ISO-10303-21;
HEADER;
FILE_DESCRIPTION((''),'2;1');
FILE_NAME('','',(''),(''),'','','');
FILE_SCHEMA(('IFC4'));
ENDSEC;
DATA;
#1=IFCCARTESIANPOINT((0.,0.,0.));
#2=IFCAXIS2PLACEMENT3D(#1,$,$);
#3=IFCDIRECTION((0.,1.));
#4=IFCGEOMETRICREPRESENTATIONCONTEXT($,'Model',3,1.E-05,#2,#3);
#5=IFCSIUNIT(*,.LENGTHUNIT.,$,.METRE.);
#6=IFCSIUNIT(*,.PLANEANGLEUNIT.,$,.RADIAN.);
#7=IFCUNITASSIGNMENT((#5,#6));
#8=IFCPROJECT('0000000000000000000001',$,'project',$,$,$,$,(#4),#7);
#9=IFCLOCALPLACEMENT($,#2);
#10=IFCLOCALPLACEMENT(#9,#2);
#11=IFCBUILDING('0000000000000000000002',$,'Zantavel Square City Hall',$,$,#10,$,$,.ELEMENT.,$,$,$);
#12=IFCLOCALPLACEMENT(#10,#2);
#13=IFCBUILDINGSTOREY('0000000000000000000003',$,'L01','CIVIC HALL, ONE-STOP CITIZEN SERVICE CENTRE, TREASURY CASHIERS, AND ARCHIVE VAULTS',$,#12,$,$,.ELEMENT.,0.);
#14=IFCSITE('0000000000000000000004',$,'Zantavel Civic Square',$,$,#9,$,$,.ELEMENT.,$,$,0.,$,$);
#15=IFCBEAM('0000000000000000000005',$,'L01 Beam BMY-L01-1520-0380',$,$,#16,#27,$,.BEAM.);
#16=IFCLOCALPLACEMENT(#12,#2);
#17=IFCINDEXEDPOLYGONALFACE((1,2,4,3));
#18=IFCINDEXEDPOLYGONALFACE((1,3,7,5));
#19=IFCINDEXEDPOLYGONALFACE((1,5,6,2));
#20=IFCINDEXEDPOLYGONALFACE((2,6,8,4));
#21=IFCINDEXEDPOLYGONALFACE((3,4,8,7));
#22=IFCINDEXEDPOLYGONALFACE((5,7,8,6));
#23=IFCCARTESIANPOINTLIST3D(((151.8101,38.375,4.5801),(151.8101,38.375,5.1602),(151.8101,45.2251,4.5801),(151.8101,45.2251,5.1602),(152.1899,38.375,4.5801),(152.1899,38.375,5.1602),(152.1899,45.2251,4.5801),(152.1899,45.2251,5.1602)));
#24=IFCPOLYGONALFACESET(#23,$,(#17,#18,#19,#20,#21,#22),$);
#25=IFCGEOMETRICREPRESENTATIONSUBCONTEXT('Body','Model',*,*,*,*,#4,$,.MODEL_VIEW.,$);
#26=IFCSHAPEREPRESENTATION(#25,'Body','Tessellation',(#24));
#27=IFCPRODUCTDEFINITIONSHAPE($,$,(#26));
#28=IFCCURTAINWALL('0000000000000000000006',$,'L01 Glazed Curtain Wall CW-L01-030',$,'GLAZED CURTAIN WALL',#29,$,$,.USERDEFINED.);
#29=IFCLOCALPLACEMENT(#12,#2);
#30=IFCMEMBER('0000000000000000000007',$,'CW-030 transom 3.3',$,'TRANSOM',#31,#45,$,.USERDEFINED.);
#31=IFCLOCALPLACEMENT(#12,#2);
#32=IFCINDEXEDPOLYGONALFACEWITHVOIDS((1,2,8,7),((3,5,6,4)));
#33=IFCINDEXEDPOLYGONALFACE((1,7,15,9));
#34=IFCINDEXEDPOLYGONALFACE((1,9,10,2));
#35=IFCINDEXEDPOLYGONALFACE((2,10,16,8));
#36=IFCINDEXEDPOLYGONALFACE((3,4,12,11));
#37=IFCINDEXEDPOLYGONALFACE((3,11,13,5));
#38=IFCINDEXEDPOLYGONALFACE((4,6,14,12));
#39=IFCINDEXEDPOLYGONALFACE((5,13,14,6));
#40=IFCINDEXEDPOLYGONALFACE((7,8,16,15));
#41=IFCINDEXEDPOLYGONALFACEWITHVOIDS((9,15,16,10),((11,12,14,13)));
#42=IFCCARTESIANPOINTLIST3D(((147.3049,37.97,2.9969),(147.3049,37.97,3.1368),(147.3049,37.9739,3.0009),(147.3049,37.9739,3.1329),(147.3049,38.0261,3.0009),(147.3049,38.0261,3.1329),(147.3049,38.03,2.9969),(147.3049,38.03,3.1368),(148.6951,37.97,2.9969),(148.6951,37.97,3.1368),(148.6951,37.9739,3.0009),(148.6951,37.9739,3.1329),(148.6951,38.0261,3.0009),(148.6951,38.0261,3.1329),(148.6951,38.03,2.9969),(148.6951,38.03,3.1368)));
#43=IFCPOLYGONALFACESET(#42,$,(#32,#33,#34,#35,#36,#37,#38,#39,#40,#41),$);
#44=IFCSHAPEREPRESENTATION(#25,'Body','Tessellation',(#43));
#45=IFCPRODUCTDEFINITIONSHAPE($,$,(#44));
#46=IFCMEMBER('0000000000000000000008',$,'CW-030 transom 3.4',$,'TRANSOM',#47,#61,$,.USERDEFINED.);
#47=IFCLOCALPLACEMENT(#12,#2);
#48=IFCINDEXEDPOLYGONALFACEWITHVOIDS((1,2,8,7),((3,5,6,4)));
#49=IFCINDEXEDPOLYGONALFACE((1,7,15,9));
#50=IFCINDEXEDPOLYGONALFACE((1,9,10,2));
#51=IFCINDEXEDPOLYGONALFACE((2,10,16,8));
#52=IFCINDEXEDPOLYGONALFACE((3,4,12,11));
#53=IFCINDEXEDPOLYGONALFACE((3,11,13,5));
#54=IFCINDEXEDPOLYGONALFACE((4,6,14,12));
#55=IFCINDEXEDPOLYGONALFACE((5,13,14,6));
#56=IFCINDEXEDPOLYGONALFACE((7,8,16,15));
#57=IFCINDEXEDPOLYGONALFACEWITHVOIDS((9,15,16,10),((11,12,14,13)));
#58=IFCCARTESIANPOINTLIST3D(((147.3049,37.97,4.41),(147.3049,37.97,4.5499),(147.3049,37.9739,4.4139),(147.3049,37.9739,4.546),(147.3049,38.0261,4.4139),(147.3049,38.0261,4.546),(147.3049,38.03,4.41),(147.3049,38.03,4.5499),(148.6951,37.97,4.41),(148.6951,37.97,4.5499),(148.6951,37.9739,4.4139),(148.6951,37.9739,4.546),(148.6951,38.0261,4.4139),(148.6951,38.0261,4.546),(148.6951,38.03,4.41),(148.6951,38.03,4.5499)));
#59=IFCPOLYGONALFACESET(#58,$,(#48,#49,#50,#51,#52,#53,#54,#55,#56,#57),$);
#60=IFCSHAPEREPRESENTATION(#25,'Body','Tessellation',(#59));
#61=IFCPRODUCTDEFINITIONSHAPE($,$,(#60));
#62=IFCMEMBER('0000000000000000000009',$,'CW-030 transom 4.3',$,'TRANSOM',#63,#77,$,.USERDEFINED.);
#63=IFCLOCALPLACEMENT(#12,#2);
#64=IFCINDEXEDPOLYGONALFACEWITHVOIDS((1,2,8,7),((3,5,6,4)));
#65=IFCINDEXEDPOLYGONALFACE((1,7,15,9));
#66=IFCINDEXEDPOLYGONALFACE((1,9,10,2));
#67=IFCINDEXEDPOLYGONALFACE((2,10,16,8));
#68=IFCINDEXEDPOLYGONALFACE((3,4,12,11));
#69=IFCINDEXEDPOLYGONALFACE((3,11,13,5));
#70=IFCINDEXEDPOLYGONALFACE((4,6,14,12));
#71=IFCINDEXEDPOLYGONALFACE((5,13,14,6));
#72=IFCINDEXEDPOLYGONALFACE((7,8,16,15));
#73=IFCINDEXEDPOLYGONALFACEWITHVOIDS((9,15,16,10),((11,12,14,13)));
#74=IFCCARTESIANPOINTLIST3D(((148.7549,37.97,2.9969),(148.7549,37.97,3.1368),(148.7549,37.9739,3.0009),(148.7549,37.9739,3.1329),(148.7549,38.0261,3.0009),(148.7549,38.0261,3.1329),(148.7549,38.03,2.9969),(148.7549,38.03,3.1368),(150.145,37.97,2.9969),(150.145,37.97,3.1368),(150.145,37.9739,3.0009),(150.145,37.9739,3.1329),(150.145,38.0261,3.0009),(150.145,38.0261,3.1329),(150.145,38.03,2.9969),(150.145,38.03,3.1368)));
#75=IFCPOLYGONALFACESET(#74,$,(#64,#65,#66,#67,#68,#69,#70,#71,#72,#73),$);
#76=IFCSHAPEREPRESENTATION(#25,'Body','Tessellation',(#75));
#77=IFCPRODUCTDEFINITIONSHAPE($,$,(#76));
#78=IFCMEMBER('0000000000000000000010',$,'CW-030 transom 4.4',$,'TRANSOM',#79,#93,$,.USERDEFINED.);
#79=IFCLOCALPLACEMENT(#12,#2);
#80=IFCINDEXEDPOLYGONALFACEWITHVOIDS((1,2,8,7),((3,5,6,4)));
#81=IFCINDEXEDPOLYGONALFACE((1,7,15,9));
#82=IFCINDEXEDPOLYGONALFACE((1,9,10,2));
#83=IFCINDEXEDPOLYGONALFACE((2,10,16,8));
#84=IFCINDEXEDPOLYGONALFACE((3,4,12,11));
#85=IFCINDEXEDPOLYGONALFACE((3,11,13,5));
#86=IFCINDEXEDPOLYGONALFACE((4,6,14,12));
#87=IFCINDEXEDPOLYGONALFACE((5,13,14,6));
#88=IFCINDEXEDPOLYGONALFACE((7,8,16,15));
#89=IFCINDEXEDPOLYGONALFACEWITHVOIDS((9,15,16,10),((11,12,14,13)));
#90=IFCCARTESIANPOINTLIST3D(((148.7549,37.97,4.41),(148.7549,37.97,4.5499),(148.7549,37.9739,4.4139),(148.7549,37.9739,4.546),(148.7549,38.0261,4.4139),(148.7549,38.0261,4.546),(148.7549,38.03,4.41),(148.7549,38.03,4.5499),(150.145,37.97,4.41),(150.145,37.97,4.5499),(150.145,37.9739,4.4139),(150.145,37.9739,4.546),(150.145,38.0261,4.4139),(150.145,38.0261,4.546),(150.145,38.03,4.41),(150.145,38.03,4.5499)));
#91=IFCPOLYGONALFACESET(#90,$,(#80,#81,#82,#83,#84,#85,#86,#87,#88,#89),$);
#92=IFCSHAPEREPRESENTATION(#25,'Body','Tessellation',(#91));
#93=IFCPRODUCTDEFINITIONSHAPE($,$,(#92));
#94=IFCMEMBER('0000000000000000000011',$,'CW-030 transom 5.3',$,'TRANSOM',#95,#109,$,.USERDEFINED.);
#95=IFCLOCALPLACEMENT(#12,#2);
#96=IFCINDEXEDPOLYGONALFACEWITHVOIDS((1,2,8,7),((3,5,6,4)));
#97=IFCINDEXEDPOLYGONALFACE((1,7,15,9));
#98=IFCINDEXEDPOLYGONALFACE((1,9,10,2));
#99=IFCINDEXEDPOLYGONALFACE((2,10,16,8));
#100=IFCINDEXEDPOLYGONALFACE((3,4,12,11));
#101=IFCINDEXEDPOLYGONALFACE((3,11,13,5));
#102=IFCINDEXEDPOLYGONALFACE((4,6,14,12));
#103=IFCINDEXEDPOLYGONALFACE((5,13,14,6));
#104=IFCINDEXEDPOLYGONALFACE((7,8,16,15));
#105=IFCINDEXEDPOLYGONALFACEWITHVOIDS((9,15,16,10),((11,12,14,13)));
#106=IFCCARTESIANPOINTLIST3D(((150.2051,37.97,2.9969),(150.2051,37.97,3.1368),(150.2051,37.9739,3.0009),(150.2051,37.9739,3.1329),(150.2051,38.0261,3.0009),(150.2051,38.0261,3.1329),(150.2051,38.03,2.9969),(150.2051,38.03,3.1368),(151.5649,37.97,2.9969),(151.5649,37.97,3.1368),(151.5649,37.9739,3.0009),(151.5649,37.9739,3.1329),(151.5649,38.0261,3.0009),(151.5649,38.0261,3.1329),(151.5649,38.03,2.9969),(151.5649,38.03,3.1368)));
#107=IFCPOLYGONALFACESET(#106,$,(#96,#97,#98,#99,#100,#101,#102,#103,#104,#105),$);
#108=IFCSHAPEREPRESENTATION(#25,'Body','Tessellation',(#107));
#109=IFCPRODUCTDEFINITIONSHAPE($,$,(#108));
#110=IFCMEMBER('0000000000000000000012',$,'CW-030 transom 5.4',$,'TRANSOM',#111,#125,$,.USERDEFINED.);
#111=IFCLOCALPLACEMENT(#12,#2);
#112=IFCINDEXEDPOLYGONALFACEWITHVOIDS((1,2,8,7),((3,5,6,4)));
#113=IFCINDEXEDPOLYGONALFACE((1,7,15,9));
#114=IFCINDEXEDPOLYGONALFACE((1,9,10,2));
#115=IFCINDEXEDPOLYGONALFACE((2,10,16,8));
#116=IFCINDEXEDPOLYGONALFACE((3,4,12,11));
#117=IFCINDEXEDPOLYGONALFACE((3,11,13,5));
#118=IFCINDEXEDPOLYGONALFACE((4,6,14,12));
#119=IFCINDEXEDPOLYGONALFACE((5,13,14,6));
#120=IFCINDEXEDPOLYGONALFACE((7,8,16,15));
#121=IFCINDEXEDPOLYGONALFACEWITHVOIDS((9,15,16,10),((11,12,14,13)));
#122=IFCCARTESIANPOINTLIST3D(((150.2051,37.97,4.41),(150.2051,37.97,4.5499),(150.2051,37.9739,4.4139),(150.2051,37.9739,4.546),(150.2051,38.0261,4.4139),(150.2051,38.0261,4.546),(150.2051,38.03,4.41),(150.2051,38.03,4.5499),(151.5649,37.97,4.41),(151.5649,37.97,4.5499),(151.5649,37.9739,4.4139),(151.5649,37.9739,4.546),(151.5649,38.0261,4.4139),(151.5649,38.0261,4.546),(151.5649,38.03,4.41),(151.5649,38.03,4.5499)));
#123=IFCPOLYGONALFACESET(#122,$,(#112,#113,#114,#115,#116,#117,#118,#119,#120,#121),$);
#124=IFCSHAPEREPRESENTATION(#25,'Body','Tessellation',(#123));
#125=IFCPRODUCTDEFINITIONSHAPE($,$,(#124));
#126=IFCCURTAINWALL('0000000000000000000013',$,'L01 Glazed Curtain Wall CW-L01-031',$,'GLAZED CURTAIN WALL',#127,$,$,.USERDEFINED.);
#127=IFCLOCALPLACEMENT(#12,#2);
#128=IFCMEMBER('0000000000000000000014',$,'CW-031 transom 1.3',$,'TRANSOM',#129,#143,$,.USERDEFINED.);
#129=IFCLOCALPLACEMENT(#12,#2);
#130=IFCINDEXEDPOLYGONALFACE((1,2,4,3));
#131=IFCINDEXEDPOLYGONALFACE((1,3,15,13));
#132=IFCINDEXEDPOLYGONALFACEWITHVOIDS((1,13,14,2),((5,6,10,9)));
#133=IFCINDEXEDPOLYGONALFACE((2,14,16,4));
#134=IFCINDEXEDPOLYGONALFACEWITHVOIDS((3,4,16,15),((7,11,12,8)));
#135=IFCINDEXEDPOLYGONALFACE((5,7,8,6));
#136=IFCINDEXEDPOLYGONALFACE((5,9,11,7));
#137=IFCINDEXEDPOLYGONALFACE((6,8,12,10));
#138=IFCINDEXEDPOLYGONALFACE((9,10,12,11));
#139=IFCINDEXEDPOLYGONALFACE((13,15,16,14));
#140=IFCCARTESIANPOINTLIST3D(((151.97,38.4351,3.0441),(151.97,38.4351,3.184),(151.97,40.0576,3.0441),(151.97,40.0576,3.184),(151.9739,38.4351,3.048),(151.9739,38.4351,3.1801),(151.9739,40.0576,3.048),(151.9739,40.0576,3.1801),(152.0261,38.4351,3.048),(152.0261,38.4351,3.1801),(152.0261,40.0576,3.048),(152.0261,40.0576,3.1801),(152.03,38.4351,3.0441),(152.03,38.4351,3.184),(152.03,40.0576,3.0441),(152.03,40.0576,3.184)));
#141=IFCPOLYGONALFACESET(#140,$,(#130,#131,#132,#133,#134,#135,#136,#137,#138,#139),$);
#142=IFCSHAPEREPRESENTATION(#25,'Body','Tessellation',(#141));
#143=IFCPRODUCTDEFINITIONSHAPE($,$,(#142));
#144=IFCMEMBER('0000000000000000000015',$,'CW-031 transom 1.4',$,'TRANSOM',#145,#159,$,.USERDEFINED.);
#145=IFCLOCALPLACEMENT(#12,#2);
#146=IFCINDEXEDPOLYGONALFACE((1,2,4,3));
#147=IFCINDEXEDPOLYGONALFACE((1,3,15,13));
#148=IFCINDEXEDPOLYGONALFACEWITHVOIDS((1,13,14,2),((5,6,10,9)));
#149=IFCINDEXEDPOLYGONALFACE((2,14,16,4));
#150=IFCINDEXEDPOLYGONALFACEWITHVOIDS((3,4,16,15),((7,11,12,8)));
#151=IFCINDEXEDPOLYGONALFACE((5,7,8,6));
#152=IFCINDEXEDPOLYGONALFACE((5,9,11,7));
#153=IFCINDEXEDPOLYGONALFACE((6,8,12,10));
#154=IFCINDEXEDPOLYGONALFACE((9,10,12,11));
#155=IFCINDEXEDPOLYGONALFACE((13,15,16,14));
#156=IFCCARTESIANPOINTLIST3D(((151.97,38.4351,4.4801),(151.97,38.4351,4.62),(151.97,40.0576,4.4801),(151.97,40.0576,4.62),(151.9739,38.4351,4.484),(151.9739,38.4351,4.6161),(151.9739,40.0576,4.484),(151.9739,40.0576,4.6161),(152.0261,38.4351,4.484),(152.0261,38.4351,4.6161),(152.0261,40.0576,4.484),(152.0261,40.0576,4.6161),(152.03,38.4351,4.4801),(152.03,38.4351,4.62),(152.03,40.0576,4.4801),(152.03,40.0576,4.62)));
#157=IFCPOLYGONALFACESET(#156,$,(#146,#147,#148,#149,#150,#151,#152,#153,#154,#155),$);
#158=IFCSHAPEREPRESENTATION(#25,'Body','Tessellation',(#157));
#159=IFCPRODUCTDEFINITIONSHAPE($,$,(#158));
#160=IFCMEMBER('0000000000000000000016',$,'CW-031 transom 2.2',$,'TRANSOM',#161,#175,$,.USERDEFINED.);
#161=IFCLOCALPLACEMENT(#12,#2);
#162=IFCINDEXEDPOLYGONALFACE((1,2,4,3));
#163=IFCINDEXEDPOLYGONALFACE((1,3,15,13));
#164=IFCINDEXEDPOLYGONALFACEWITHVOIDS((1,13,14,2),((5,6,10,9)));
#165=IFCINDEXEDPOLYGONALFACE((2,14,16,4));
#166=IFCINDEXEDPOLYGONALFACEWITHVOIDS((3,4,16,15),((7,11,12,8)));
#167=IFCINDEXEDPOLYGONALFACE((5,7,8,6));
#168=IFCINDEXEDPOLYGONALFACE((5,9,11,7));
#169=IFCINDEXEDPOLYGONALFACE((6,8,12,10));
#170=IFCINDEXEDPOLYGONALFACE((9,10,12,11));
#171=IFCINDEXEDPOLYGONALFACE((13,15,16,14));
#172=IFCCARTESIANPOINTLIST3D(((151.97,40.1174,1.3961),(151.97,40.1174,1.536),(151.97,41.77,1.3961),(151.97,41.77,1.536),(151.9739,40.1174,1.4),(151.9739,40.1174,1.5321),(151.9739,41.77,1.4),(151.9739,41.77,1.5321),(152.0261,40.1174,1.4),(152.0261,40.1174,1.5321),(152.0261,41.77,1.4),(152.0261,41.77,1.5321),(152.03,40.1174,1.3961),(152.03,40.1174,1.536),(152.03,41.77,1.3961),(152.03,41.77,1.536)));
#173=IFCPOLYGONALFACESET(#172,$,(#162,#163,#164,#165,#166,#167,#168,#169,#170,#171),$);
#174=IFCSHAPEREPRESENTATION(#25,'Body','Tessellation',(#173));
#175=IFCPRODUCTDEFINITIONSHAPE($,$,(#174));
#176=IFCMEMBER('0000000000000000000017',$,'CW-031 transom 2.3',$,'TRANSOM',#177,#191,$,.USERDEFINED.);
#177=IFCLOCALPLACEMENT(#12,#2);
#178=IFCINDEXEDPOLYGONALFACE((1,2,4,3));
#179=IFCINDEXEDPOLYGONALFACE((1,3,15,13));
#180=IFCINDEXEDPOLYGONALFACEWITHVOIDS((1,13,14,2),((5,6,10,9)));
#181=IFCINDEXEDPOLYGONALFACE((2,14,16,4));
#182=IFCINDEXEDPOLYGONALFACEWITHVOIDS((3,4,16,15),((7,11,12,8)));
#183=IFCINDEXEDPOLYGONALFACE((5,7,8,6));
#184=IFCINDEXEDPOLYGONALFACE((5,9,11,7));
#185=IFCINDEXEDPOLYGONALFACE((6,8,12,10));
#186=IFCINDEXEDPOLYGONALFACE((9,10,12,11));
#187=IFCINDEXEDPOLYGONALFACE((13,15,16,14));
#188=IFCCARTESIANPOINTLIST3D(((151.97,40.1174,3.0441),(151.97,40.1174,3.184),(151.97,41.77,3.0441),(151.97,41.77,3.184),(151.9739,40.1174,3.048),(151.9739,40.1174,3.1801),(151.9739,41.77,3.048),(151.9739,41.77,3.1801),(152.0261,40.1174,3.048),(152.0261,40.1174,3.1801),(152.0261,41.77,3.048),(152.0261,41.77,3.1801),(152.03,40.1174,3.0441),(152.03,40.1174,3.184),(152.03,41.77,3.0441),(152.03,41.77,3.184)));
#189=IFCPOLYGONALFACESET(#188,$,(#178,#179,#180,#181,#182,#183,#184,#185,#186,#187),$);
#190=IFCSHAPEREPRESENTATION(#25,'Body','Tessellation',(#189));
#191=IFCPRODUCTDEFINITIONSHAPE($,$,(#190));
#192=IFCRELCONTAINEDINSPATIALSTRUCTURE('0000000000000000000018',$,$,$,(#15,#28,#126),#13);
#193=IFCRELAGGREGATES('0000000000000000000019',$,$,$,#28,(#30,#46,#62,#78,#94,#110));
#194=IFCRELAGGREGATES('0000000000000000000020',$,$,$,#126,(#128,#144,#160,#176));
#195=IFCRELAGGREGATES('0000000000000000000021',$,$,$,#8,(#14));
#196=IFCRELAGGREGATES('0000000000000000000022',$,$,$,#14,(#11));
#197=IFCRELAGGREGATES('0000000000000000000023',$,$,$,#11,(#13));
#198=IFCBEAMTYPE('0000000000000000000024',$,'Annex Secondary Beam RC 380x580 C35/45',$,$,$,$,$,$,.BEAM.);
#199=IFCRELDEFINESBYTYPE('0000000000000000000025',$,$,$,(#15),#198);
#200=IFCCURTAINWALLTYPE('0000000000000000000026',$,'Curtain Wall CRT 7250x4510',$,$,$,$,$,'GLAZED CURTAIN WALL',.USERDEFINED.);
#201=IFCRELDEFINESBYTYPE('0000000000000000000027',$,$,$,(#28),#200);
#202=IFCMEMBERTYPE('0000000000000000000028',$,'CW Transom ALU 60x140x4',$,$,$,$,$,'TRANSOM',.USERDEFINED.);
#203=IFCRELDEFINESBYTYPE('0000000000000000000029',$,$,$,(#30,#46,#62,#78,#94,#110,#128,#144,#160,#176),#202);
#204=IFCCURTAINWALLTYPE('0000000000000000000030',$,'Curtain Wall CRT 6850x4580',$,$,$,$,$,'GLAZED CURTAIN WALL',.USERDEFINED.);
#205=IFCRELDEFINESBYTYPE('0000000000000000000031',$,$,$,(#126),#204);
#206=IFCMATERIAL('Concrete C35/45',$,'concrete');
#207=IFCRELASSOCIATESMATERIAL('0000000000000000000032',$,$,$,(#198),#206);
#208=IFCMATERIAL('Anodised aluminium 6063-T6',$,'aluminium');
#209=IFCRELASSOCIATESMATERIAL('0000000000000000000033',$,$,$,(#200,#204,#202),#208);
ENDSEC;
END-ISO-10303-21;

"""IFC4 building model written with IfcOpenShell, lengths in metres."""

from ifc_helpers import new_model, si_unit, direction, frame, origin, origin_2d, place, context, subcontext, project, spatial, rectangle, hollow_rectangle, extrude, material, material_profile, profile_set, type_object, element, aggregate, save


model = new_model("IFC4")

# Units and contexts
model_context = context("Model", 3, precision=1e-05, world=origin(), true_north=direction((0.0, 1.0)))
body_context = subcontext(model_context, "Body", "Model", "MODEL_VIEW")
ifc_project = project(units=[si_unit("LENGTHUNIT", "METRE"), si_unit("PLANEANGLEUNIT", "RADIAN")], contexts=[model_context])

# Site, building, storey
site_placement = place(None, origin())
site = spatial("IfcSite", under=ifc_project, at=site_placement, Name="Zantavel Civic Square", CompositionType="ELEMENT", RefElevation=0.0)
building_placement = place(site_placement, origin())
building = spatial("IfcBuilding", under=site, at=building_placement, Name="Zantavel Square City Hall", CompositionType="ELEMENT")
storey_placement = place(building_placement, origin())
storey = spatial("IfcBuildingStorey", under=building, at=storey_placement, Name="L01", Description="CIVIC HALL, ONE-STOP CITIZEN SERVICE CENTRE, TREASURY CASHIERS, AND ARCHIVE VAULTS", CompositionType="ELEMENT", Elevation=0.0)

# Beam
ifc_material_1 = material(Name="Concrete C35/45", Category="concrete")
ifc_material_profile_1 = material_profile(ifc_material_1, rectangle(XDim=0.3799, YDim=0.5801, at=origin_2d()), Name="RC 380x580")
ifc_profile_set_1 = profile_set([ifc_material_profile_1], Name="Concrete C35/45")
beam_type = type_object("IfcBeamType", Name="Annex Secondary Beam RC 380x580 C35/45", PredefinedType="BEAM", material=ifc_profile_set_1)
beam_placement = place(storey_placement, frame((152.0, 38.375, 4.8701), z_axis=(0.0, 1.0, 0.0), x_axis=(-1.0, 0.0, 0.0)))
element("IfcBeam", 1, at=beam_placement, inside=storey, type_object=beam_type, Name="L01 Beam BMY-L01-1520-0380", PredefinedType="BEAM", context=body_context, shape_type="SweptSolid", body=[
    extrude(rectangle(XDim=0.3799, YDim=0.5801, at=origin_2d()), origin(), (0.0, 0.0, 1.0), 6.8501),
])

# Curtain walls, members
ifc_material_2 = material(Name="Anodised aluminium 6063-T6", Category="aluminium")
curtain_wall_type_1 = type_object("IfcCurtainWallType", Name="Curtain Wall CRT 7250x4510", ElementType="GLAZED CURTAIN WALL", PredefinedType="USERDEFINED", material=ifc_material_2)
curtain_wall_1_placement = place(storey_placement, origin())
curtain_wall_1 = element("IfcCurtainWall", 2, at=curtain_wall_1_placement, inside=storey, type_object=curtain_wall_type_1, Name="L01 Glazed Curtain Wall CW-L01-030", ObjectType="GLAZED CURTAIN WALL", PredefinedType="USERDEFINED")
ifc_material_profile_2 = material_profile(ifc_material_2, hollow_rectangle(XDim=0.0601, YDim=0.1399, WallThickness=0.0039, at=origin_2d()), Name="ALU 60x140x4")
ifc_profile_set_2 = profile_set([ifc_material_profile_2], Name="Anodised aluminium 6063-T6")
member_type = type_object("IfcMemberType", Name="CW Transom ALU 60x140x4", ElementType="TRANSOM", PredefinedType="USERDEFINED", material=ifc_profile_set_2)
member_1_placement = place(storey_placement, frame((147.3049, 38.0, 3.0669), z_axis=(1.0, 0.0, 0.0), x_axis=(0.0, 1.0, 0.0)))
member_1 = element("IfcMember", 3, at=member_1_placement, type_object=member_type, Name="CW-030 transom 3.3", ObjectType="TRANSOM", PredefinedType="USERDEFINED", context=body_context, shape_type="SweptSolid", body=[
    extrude(hollow_rectangle(XDim=0.0601, YDim=0.1399, WallThickness=0.0039, at=origin_2d()), origin(), (0.0, 0.0, 1.0), 1.3901),
])
member_2_placement = place(storey_placement, frame((147.3049, 38.0, 4.48), z_axis=(1.0, 0.0, 0.0), x_axis=(0.0, 1.0, 0.0)))
member_2 = element("IfcMember", 4, at=member_2_placement, type_object=member_type, Name="CW-030 transom 3.4", ObjectType="TRANSOM", PredefinedType="USERDEFINED", context=body_context, shape_type="SweptSolid", body=[
    extrude(hollow_rectangle(XDim=0.0601, YDim=0.1399, WallThickness=0.0039, at=origin_2d()), origin(), (0.0, 0.0, 1.0), 1.3901),
])
member_3_placement = place(storey_placement, frame((148.7549, 38.0, 3.0669), z_axis=(1.0, 0.0, 0.0), x_axis=(0.0, 1.0, 0.0)))
member_3 = element("IfcMember", 5, at=member_3_placement, type_object=member_type, Name="CW-030 transom 4.3", ObjectType="TRANSOM", PredefinedType="USERDEFINED", context=body_context, shape_type="SweptSolid", body=[
    extrude(hollow_rectangle(XDim=0.0601, YDim=0.1399, WallThickness=0.0039, at=origin_2d()), origin(), (0.0, 0.0, 1.0), 1.3901),
])
member_4_placement = place(storey_placement, frame((148.7549, 38.0, 4.48), z_axis=(1.0, 0.0, 0.0), x_axis=(0.0, 1.0, 0.0)))
member_4 = element("IfcMember", 6, at=member_4_placement, type_object=member_type, Name="CW-030 transom 4.4", ObjectType="TRANSOM", PredefinedType="USERDEFINED", context=body_context, shape_type="SweptSolid", body=[
    extrude(hollow_rectangle(XDim=0.0601, YDim=0.1399, WallThickness=0.0039, at=origin_2d()), origin(), (0.0, 0.0, 1.0), 1.3901),
])
member_5_placement = place(storey_placement, frame((150.2051, 38.0, 3.0669), z_axis=(1.0, 0.0, 0.0), x_axis=(0.0, 1.0, 0.0)))
member_5 = element("IfcMember", 7, at=member_5_placement, type_object=member_type, Name="CW-030 transom 5.3", ObjectType="TRANSOM", PredefinedType="USERDEFINED", context=body_context, shape_type="SweptSolid", body=[
    extrude(hollow_rectangle(XDim=0.0601, YDim=0.1399, WallThickness=0.0039, at=origin_2d()), origin(), (0.0, 0.0, 1.0), 1.3599),
])
member_6_placement = place(storey_placement, frame((150.2051, 38.0, 4.48), z_axis=(1.0, 0.0, 0.0), x_axis=(0.0, 1.0, 0.0)))
member_6 = element("IfcMember", 8, at=member_6_placement, type_object=member_type, Name="CW-030 transom 5.4", ObjectType="TRANSOM", PredefinedType="USERDEFINED", context=body_context, shape_type="SweptSolid", body=[
    extrude(hollow_rectangle(XDim=0.0601, YDim=0.1399, WallThickness=0.0039, at=origin_2d()), origin(), (0.0, 0.0, 1.0), 1.3599),
])
curtain_wall_type_2 = type_object("IfcCurtainWallType", Name="Curtain Wall CRT 6850x4580", ElementType="GLAZED CURTAIN WALL", PredefinedType="USERDEFINED", material=ifc_material_2)
curtain_wall_2_placement = place(storey_placement, origin())
curtain_wall_2 = element("IfcCurtainWall", 9, at=curtain_wall_2_placement, inside=storey, type_object=curtain_wall_type_2, Name="L01 Glazed Curtain Wall CW-L01-031", ObjectType="GLAZED CURTAIN WALL", PredefinedType="USERDEFINED")
member_7_placement = place(storey_placement, frame((152.0, 38.4351, 3.114), z_axis=(0.0, 1.0, 0.0), x_axis=(-1.0, 0.0, 0.0)))
member_7 = element("IfcMember", 10, at=member_7_placement, type_object=member_type, Name="CW-031 transom 1.3", ObjectType="TRANSOM", PredefinedType="USERDEFINED", context=body_context, shape_type="SweptSolid", body=[
    extrude(hollow_rectangle(XDim=0.0601, YDim=0.1399, WallThickness=0.0039, at=origin_2d()), origin(), (0.0, 0.0, 1.0), 1.6226),
])
member_8_placement = place(storey_placement, frame((152.0, 38.4351, 4.55), z_axis=(0.0, 1.0, 0.0), x_axis=(-1.0, 0.0, 0.0)))
member_8 = element("IfcMember", 11, at=member_8_placement, type_object=member_type, Name="CW-031 transom 1.4", ObjectType="TRANSOM", PredefinedType="USERDEFINED", context=body_context, shape_type="SweptSolid", body=[
    extrude(hollow_rectangle(XDim=0.0601, YDim=0.1399, WallThickness=0.0039, at=origin_2d()), origin(), (0.0, 0.0, 1.0), 1.6226),
])
member_9_placement = place(storey_placement, frame((152.0, 40.1174, 1.4661), z_axis=(0.0, 1.0, 0.0), x_axis=(-1.0, 0.0, 0.0)))
member_9 = element("IfcMember", 12, at=member_9_placement, type_object=member_type, Name="CW-031 transom 2.2", ObjectType="TRANSOM", PredefinedType="USERDEFINED", context=body_context, shape_type="SweptSolid", body=[
    extrude(hollow_rectangle(XDim=0.0601, YDim=0.1399, WallThickness=0.0039, at=origin_2d()), origin(), (0.0, 0.0, 1.0), 1.6526),
])
member_10_placement = place(storey_placement, frame((152.0, 40.1174, 3.114), z_axis=(0.0, 1.0, 0.0), x_axis=(-1.0, 0.0, 0.0)))
member_10 = element("IfcMember", 13, at=member_10_placement, type_object=member_type, Name="CW-031 transom 2.3", ObjectType="TRANSOM", PredefinedType="USERDEFINED", context=body_context, shape_type="SweptSolid", body=[
    extrude(hollow_rectangle(XDim=0.0601, YDim=0.1399, WallThickness=0.0039, at=origin_2d()), origin(), (0.0, 0.0, 1.0), 1.6526),
])

aggregate(curtain_wall_1, [member_1, member_2, member_3, member_4, member_5, member_6])
aggregate(curtain_wall_2, [member_7, member_8, member_9, member_10])

save(model, "model.ifc")
